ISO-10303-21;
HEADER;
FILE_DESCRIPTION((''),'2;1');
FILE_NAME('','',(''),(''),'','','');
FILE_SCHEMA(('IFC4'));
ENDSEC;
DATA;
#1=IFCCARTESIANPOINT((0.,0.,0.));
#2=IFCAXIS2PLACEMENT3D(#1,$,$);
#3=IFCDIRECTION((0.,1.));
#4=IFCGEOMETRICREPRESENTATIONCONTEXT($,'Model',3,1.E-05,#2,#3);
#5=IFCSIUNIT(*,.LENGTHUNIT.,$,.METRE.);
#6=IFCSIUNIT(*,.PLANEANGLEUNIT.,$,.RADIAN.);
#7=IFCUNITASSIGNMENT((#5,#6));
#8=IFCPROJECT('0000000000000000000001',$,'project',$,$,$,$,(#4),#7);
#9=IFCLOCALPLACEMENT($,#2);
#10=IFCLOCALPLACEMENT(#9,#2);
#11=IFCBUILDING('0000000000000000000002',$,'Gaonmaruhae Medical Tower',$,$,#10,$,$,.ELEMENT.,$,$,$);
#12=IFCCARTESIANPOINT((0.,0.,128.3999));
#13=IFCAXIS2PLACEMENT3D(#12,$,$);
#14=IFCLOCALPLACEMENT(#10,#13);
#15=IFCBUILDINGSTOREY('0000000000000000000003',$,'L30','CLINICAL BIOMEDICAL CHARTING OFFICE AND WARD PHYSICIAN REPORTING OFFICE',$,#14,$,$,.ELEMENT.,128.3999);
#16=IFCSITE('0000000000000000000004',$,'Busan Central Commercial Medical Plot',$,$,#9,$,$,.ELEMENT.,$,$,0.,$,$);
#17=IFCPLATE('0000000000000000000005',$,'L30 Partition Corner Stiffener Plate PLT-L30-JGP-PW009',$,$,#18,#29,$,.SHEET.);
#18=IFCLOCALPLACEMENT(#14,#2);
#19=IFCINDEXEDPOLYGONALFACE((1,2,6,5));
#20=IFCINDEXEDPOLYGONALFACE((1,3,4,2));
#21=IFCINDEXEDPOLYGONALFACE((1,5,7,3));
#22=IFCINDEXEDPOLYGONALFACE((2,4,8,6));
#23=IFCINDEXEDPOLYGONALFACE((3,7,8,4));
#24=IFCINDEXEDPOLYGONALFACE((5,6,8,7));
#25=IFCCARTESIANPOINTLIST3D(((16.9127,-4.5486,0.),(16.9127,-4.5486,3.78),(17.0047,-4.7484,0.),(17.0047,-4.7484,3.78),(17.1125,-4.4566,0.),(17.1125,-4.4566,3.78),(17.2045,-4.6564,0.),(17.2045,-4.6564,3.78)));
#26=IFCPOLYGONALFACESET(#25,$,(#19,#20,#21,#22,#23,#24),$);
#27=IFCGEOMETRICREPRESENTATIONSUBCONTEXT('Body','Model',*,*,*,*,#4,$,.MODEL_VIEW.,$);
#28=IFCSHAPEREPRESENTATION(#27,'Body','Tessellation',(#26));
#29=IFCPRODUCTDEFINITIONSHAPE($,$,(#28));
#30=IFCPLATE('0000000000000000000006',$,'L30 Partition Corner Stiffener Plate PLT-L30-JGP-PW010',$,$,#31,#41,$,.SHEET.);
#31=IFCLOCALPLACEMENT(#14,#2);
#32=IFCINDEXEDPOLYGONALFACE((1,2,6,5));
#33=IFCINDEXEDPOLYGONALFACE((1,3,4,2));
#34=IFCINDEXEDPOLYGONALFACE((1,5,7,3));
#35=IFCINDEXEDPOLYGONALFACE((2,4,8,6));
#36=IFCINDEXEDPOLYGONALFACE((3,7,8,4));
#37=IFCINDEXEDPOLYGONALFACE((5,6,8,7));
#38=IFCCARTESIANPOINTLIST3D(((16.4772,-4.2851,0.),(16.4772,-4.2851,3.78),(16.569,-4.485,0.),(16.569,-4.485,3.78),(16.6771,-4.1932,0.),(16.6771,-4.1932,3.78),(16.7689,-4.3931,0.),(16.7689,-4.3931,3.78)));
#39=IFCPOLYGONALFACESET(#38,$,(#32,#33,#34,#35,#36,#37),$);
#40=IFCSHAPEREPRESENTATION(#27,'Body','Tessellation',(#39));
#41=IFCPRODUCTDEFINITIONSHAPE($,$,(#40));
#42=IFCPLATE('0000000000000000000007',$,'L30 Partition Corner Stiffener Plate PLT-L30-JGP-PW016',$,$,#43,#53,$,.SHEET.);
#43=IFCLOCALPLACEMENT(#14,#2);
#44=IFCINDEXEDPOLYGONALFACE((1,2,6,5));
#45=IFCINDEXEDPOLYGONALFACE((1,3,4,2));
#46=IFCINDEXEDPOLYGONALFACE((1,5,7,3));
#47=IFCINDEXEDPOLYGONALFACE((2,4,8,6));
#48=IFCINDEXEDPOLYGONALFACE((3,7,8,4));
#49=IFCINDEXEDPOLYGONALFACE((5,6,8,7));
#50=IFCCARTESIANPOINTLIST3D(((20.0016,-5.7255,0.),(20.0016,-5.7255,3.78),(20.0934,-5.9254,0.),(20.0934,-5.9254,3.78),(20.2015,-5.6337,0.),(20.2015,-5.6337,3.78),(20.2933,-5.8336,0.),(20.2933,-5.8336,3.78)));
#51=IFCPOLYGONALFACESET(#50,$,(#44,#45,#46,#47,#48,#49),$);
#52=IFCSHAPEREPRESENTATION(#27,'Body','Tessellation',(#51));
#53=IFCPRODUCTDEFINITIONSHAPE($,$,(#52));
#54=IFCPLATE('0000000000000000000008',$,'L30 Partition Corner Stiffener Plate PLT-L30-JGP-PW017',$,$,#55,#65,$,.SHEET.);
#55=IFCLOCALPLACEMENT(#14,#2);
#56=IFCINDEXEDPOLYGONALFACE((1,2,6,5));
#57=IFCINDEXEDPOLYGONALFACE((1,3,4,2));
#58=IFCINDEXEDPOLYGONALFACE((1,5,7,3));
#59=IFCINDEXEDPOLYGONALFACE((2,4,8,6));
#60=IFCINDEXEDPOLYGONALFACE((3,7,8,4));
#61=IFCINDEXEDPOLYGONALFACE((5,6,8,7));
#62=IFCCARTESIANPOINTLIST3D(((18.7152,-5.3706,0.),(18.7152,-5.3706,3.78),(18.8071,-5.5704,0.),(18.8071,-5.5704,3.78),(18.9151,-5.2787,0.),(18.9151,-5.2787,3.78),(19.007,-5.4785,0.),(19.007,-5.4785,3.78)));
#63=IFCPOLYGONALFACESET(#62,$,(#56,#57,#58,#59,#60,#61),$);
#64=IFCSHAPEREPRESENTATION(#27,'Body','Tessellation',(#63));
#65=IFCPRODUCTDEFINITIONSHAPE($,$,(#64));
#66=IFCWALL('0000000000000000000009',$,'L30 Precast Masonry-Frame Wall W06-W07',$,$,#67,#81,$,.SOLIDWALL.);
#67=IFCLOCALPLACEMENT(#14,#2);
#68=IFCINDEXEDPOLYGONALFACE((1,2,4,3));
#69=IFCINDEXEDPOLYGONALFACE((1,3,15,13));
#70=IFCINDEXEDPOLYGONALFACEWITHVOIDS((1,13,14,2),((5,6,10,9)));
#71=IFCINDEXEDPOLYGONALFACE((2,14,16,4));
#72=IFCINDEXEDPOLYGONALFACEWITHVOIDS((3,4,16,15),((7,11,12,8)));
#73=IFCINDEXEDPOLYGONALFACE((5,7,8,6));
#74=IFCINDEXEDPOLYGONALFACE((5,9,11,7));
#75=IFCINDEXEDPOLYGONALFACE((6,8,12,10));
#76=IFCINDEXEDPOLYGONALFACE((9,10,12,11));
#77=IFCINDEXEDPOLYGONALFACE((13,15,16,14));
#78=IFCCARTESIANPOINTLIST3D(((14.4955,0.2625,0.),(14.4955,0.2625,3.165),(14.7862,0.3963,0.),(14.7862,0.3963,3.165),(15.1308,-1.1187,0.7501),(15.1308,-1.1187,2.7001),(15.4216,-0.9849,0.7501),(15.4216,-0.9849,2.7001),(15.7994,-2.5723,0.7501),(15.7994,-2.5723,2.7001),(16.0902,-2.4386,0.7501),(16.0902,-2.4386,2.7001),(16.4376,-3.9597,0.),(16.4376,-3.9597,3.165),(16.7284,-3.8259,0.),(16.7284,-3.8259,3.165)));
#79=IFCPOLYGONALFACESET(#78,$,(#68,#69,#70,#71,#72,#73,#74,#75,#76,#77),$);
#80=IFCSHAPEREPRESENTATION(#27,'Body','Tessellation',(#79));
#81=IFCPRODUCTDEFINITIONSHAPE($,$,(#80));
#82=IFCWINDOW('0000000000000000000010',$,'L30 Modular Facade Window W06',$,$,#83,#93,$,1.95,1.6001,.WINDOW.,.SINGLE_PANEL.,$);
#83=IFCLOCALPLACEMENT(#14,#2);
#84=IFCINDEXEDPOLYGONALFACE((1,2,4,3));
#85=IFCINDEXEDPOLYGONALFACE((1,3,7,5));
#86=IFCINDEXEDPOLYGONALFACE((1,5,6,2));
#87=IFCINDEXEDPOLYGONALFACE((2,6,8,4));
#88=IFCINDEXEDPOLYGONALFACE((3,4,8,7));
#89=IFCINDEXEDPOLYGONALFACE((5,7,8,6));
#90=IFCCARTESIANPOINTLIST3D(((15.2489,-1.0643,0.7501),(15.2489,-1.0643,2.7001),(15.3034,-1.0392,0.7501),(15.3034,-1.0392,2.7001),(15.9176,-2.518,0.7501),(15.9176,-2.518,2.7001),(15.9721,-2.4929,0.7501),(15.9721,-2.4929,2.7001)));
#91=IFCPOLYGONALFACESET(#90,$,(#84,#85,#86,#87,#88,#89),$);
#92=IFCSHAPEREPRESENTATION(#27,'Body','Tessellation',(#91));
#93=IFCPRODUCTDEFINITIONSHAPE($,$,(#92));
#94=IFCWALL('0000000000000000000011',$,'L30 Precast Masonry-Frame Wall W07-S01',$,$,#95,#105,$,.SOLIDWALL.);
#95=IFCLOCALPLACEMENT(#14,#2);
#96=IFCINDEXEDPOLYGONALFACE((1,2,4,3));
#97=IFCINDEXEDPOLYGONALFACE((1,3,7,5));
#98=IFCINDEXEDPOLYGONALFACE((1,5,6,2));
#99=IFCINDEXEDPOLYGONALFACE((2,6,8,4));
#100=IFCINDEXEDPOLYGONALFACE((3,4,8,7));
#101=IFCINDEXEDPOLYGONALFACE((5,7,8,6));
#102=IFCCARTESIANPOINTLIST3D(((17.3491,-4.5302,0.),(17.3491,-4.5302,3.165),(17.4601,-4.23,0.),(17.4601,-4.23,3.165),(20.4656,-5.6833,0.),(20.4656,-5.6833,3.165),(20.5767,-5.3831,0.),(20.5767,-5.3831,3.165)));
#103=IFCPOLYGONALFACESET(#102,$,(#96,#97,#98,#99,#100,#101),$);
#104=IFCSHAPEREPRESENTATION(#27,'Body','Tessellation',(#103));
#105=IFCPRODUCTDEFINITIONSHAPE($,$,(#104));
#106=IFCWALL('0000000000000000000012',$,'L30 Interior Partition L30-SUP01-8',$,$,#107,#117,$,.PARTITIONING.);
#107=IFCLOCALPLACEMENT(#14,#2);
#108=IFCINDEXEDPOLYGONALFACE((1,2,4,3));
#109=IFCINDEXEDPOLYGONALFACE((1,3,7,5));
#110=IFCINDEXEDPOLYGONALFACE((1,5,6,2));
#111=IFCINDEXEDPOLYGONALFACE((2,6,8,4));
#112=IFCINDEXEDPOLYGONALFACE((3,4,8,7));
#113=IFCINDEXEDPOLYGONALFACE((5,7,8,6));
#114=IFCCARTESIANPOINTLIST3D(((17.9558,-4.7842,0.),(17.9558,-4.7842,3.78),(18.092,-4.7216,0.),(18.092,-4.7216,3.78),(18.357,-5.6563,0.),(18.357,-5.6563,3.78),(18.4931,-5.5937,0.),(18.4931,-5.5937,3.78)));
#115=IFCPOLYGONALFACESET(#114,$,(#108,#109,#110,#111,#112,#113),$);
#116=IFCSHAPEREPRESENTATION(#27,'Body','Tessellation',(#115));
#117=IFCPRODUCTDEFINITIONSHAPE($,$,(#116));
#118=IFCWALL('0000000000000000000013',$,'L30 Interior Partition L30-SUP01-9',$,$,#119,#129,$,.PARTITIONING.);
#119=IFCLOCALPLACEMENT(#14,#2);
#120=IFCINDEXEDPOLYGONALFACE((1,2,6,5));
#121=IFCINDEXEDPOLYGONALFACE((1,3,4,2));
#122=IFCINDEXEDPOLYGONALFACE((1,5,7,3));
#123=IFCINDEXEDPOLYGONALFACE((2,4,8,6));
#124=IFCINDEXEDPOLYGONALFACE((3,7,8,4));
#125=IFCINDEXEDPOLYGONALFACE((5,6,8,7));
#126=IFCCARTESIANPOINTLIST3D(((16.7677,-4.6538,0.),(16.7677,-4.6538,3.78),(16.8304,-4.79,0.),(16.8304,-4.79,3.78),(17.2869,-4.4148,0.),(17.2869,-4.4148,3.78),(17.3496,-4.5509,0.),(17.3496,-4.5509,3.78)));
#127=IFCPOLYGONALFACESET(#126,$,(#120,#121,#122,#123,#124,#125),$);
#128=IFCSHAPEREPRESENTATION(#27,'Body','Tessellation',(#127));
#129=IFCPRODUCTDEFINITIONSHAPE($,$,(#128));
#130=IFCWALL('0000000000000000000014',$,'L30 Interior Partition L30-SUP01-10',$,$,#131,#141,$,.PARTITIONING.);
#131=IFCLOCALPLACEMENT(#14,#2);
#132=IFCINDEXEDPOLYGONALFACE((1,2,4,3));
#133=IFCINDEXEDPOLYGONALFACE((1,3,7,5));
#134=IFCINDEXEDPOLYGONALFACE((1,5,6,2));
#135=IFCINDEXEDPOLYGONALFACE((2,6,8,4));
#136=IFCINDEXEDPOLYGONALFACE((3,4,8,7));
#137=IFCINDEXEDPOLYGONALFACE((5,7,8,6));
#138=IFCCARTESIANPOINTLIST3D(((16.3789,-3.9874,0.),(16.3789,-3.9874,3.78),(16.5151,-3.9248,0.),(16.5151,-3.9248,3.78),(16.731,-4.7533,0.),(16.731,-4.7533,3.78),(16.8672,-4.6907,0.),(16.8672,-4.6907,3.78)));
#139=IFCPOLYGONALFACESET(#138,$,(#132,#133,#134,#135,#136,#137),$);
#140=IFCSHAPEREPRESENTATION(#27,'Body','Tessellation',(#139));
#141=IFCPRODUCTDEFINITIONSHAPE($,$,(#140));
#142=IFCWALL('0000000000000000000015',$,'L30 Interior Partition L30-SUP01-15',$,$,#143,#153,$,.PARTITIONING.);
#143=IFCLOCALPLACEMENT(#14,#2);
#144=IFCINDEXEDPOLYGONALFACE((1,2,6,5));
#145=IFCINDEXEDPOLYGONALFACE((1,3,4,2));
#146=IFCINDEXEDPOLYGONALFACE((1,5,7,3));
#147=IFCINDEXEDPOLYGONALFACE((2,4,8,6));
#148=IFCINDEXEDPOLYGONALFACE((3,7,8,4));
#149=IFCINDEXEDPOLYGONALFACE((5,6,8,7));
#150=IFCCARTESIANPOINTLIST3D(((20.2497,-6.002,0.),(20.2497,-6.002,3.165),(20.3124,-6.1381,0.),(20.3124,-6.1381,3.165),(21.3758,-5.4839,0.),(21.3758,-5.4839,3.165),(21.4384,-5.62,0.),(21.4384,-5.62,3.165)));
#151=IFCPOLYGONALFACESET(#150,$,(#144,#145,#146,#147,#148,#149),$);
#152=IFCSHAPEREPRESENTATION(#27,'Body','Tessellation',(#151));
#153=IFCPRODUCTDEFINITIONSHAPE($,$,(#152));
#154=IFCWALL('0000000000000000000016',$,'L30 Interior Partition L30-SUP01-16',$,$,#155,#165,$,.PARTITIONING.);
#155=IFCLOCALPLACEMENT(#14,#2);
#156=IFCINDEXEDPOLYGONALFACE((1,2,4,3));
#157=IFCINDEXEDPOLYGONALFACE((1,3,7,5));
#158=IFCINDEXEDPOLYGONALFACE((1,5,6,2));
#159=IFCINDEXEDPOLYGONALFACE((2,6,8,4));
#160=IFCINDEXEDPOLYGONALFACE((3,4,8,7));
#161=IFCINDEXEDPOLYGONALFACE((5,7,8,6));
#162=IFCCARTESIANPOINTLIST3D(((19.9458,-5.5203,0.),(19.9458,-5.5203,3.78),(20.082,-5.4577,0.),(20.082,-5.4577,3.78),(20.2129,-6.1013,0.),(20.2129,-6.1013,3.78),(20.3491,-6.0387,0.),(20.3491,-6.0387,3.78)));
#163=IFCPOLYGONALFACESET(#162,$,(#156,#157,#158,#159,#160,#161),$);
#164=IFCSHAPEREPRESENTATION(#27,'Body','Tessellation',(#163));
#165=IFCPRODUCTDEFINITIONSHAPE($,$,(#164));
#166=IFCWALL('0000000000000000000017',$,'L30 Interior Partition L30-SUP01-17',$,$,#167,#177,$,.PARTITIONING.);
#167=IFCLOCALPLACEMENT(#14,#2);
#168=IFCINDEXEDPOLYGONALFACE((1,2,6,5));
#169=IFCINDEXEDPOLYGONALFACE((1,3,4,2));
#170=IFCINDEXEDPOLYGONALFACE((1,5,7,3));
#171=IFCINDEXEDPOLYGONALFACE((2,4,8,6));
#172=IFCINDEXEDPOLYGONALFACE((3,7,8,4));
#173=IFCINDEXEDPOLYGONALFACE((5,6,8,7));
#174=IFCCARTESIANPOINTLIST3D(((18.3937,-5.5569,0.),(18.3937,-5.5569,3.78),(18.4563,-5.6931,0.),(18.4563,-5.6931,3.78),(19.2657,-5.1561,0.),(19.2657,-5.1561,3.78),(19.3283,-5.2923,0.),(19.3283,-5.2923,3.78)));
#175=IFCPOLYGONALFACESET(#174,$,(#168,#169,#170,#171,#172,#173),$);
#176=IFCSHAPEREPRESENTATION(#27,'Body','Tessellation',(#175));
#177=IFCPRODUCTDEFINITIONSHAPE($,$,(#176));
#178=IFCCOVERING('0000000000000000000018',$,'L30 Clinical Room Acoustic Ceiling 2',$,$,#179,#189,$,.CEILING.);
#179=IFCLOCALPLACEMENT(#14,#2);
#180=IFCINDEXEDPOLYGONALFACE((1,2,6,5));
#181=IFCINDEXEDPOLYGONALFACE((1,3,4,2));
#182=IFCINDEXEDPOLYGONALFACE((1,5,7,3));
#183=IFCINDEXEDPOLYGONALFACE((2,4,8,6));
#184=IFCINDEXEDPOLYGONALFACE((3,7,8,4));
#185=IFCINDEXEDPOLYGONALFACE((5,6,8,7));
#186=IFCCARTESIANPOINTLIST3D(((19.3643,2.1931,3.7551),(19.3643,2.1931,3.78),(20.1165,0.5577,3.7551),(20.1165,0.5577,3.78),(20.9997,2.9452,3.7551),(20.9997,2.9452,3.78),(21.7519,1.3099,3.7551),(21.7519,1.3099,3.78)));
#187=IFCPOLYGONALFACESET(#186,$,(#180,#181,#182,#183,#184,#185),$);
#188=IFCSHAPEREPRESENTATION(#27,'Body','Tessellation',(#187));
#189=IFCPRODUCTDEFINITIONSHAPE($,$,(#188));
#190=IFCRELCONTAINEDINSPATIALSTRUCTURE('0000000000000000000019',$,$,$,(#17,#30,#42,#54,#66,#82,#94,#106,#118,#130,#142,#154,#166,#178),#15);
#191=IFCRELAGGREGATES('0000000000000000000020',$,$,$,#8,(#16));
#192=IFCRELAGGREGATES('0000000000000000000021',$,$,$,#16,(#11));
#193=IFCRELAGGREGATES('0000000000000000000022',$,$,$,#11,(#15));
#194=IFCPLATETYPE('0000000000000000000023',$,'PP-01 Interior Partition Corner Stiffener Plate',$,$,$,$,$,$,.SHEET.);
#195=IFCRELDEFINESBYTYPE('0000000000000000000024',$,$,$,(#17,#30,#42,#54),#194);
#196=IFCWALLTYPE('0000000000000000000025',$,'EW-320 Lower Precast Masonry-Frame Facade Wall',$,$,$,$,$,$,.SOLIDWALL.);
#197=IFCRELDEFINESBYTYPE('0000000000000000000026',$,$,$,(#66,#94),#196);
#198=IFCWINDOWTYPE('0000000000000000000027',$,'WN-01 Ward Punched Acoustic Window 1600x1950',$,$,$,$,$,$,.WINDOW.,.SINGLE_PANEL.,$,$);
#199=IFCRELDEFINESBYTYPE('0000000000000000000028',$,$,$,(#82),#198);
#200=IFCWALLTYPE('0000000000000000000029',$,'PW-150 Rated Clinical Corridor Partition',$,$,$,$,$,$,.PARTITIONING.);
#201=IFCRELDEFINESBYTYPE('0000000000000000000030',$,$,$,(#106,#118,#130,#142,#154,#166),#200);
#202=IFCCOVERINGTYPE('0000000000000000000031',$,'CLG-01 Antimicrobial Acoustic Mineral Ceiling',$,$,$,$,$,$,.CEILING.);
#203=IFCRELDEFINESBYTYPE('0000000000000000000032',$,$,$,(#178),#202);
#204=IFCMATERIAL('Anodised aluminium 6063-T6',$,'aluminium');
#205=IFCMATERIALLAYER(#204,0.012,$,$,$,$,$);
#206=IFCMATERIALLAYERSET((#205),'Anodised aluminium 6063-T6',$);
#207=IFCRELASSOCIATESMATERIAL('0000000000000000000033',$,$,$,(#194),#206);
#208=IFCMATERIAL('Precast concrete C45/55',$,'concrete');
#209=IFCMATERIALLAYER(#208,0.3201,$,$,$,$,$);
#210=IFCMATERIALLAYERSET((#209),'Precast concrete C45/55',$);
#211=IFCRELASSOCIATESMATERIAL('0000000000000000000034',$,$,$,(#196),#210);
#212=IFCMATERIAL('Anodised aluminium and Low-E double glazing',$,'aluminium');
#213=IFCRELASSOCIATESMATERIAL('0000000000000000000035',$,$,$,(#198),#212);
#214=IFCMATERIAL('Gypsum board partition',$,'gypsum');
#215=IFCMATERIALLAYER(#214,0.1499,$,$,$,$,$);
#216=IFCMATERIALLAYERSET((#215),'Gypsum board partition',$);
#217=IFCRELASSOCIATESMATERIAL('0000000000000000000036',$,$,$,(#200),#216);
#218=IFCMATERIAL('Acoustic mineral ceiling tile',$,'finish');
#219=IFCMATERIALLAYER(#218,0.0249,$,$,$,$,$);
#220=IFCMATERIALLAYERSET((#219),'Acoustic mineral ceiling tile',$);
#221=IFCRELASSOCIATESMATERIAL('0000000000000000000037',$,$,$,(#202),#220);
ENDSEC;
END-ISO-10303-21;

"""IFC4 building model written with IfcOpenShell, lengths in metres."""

from ifc_helpers import new_model, si_unit, direction, frame, frame_2d, origin, origin_2d, place, context, subcontext, project, spatial, rectangle, extrude, material, layer, layer_set, type_object, element, fill, save


model = new_model("IFC4")

# Units and contexts
model_context = context("Model", 3, precision=1e-05, world=origin(), true_north=direction((0.0, 1.0)))
body_context = subcontext(model_context, "Body", "Model", "MODEL_VIEW")
ifc_project = project(units=[si_unit("LENGTHUNIT", "METRE"), si_unit("PLANEANGLEUNIT", "RADIAN")], contexts=[model_context])

# Site, building, storey
site_placement = place(None, origin())
site = spatial("IfcSite", under=ifc_project, at=site_placement, Name="Busan Central Commercial Medical Plot", CompositionType="ELEMENT", RefElevation=0.0)
building_placement = place(site_placement, origin())
building = spatial("IfcBuilding", under=site, at=building_placement, Name="Gaonmaruhae Medical Tower", CompositionType="ELEMENT")
storey_placement = place(building_placement, frame((0.0, 0.0, 128.3999)))
storey = spatial("IfcBuildingStorey", under=building, at=storey_placement, Name="L30", Description="CLINICAL BIOMEDICAL CHARTING OFFICE AND WARD PHYSICIAN REPORTING OFFICE", CompositionType="ELEMENT", Elevation=128.3999)

# Plates
ifc_material_1 = material(Name="Anodised aluminium 6063-T6", Category="aluminium")
ifc_layer_1 = layer(ifc_material_1, 0.012)
ifc_layer_set_1 = layer_set([ifc_layer_1], Name="Anodised aluminium 6063-T6")
plate_type = type_object("IfcPlateType", Name="PP-01 Interior Partition Corner Stiffener Plate", PredefinedType="SHEET", material=ifc_layer_set_1)
for number, where, z_axis, x_axis, name in (
    (1, (17.0586, -4.6025, 0.0), (0.0, 0.0, 1.0), (-0.908318, -0.418279, 0.0), "L30 Partition Corner Stiffener Plate PLT-L30-JGP-PW009"),
    (2, (16.623, -4.3391, 0.0), (0.0, 0.0, 1.0), (-0.41755, 0.908654, 0.0), "L30 Partition Corner Stiffener Plate PLT-L30-JGP-PW010"),
    (3, (20.1475, -5.7795, 0.0), (0.0, 0.0, 1.0), (-0.417566, 0.908647, 0.0), "L30 Partition Corner Stiffener Plate PLT-L30-JGP-PW016"),
    (4, (18.8611, -5.4246, 0.0), (0.0, 0.0, 1.0), (-0.908537, -0.417804, 0.0), "L30 Partition Corner Stiffener Plate PLT-L30-JGP-PW017"),
):
    element("IfcPlate", number, at=place(storey_placement, frame(where, z_axis=z_axis, x_axis=x_axis)), inside=storey, type_object=plate_type, Name=name, PredefinedType="SHEET", context=body_context, shape_type="SweptSolid", body=[
        extrude(rectangle(XDim=0.22, YDim=0.22, at=origin_2d()), origin(), (0.0, 0.0, 1.0), 3.78),
    ])

# Wall, opening, window
ifc_material_2 = material(Name="Precast concrete C45/55", Category="concrete")
ifc_layer_2 = layer(ifc_material_2, 0.3201)
ifc_layer_set_2 = layer_set([ifc_layer_2], Name="Precast concrete C45/55")
wall_type_1 = type_object("IfcWallType", Name="EW-320 Lower Precast Masonry-Frame Facade Wall", PredefinedType="SOLIDWALL", material=ifc_layer_set_2)
wall_1_placement = place(storey_placement, frame((16.583, -3.8928, 0.0), z_axis=(0.0, 0.0, 1.0), x_axis=(-0.417895, 0.908495, 0.0)))
wall_1 = element("IfcWall", 5, at=wall_1_placement, inside=storey, type_object=wall_type_1, Name="L30 Precast Masonry-Frame Wall W06-W07", PredefinedType="SOLIDWALL", context=body_context, shape_type="SweptSolid", body=[
    extrude(rectangle(XDim=4.6475, YDim=0.3201, at=frame_2d((2.3237, 0.0))), origin(), (0.0, 0.0, 1.0), 3.165),
])
opening_placement = place(wall_1_placement, frame((1.5271, 0.0, 0.75)))
opening = element("IfcOpeningElement", 6, at=opening_placement, cuts=wall_1, PredefinedType="OPENING", context=body_context, shape_type="SweptSolid", body=[
    extrude(rectangle(XDim=1.6001, YDim=1.95, at=frame_2d((0.8, 0.9751))), frame((0.0, 0.1699, 0.0), z_axis=(0.0, -1.0, 0.0), x_axis=(1.0, 0.0, 0.0)), (0.0, 0.0, 1.0), 0.3401),
])
ifc_material_3 = material(Name="Anodised aluminium and Low-E double glazing", Category="aluminium")
window_type = type_object("IfcWindowType", Name="WN-01 Ward Punched Acoustic Window 1600x1950", PartitioningType="SINGLE_PANEL", PredefinedType="WINDOW", material=ifc_material_3)
window_placement = place(opening_placement, origin())
window = element("IfcWindow", 7, at=window_placement, inside=storey, type_object=window_type, Name="L30 Modular Facade Window W06", OverallHeight=1.95, OverallWidth=1.6001, PartitioningType="SINGLE_PANEL", PredefinedType="WINDOW", context=body_context, shape_type="SweptSolid", body=[
    extrude(rectangle(XDim=1.6001, YDim=1.95, at=frame_2d((0.8, 0.9751))), frame((0.0, 0.03, 0.0), z_axis=(0.0, -1.0, 0.0), x_axis=(1.0, 0.0, 0.0)), (0.0, 0.0, 1.0), 0.0601),
])
fill(opening, window)

# Walls
wall_2_placement = place(storey_placement, frame((20.5212, -5.5332, 0.0), z_axis=(0.0, 0.0, 1.0), x_axis=(-0.937863, 0.347006, 0.0)))
element("IfcWall", 8, at=wall_2_placement, inside=storey, type_object=wall_type_1, Name="L30 Precast Masonry-Frame Wall W07-S01", PredefinedType="SOLIDWALL", context=body_context, shape_type="SweptSolid", body=[
    extrude(rectangle(XDim=3.323, YDim=0.3201, at=frame_2d((1.6616, 0.0))), origin(), (0.0, 0.0, 1.0), 3.165),
])
ifc_material_4 = material(Name="Gypsum board partition", Category="gypsum")
ifc_layer_3 = layer(ifc_material_4, 0.1499)
ifc_layer_set_3 = layer_set([ifc_layer_3], Name="Gypsum board partition")
wall_type_2 = type_object("IfcWallType", Name="PW-150 Rated Clinical Corridor Partition", PredefinedType="PARTITIONING", material=ifc_layer_set_3)
wall_3_placement = place(storey_placement, frame((18.425, -5.625, 0.0), z_axis=(0.0, 0.0, 1.0), x_axis=(-0.41788, 0.908502, 0.0)))
element("IfcWall", 9, at=wall_3_placement, inside=storey, type_object=wall_type_2, Name="L30 Interior Partition L30-SUP01-8", PredefinedType="PARTITIONING", context=body_context, shape_type="SweptSolid", body=[
    extrude(rectangle(XDim=0.96, YDim=0.1499, at=frame_2d((0.48, 0.0))), origin(), (0.0, 0.0, 1.0), 3.78),
])
wall_4_placement = place(storey_placement, frame((17.3181, -4.4829, 0.0), z_axis=(0.0, 0.0, 1.0), x_axis=(-0.908322, -0.418272, 0.0)))
element("IfcWall", 10, at=wall_4_placement, inside=storey, type_object=wall_type_2, Name="L30 Interior Partition L30-SUP01-9", PredefinedType="PARTITIONING", context=body_context, shape_type="SweptSolid", body=[
    extrude(rectangle(XDim=0.5715, YDim=0.1499, at=frame_2d((0.2856, 0.0))), origin(), (0.0, 0.0, 1.0), 3.78),
])
wall_5_placement = place(storey_placement, frame((16.7991, -4.7219, 0.0), z_axis=(0.0, 0.0, 1.0), x_axis=(-0.417662, 0.908603, 0.0)))
element("IfcWall", 11, at=wall_5_placement, inside=storey, type_object=wall_type_2, Name="L30 Interior Partition L30-SUP01-10", PredefinedType="PARTITIONING", context=body_context, shape_type="SweptSolid", body=[
    extrude(rectangle(XDim=0.843, YDim=0.1499, at=frame_2d((0.4214, 0.0))), origin(), (0.0, 0.0, 1.0), 3.78),
])
wall_6_placement = place(storey_placement, frame((21.407, -5.552, 0.0), z_axis=(0.0, 0.0, 1.0), x_axis=(-0.908455, -0.417984, 0.0)))
element("IfcWall", 12, at=wall_6_placement, inside=storey, type_object=wall_type_2, Name="L30 Interior Partition L30-SUP01-15", PredefinedType="PARTITIONING", context=body_context, shape_type="SweptSolid", body=[
    extrude(rectangle(XDim=1.2395, YDim=0.1499, at=frame_2d((0.6196, 0.0))), origin(), (0.0, 0.0, 1.0), 3.165),
])
wall_7_placement = place(storey_placement, frame((20.281, -6.0701, 0.0), z_axis=(0.0, 0.0, 1.0), x_axis=(-0.417654, 0.908606, 0.0)))
element("IfcWall", 13, at=wall_7_placement, inside=storey, type_object=wall_type_2, Name="L30 Interior Partition L30-SUP01-16", PredefinedType="PARTITIONING", context=body_context, shape_type="SweptSolid", body=[
    extrude(rectangle(XDim=0.6394, YDim=0.1499, at=frame_2d((0.3198, 0.0))), origin(), (0.0, 0.0, 1.0), 3.78),
])
wall_8_placement = place(storey_placement, frame((19.2971, -5.2241, 0.0), z_axis=(0.0, 0.0, 1.0), x_axis=(-0.908599, -0.41767, 0.0)))
element("IfcWall", 14, at=wall_8_placement, inside=storey, type_object=wall_type_2, Name="L30 Interior Partition L30-SUP01-17", PredefinedType="PARTITIONING", context=body_context, shape_type="SweptSolid", body=[
    extrude(rectangle(XDim=0.9597, YDim=0.1499, at=frame_2d((0.48, 0.0))), origin(), (0.0, 0.0, 1.0), 3.78),
])

# Covering
ifc_material_5 = material(Name="Acoustic mineral ceiling tile", Category="finish")
ifc_layer_4 = layer(ifc_material_5, 0.0249)
ifc_layer_set_4 = layer_set([ifc_layer_4], Name="Acoustic mineral ceiling tile")
covering_type = type_object("IfcCoveringType", Name="CLG-01 Antimicrobial Acoustic Mineral Ceiling", PredefinedType="CEILING", material=ifc_layer_set_4)
covering_placement = place(storey_placement, frame((20.5581, 1.7515, 3.7551), z_axis=(0.0, 0.0, 1.0), x_axis=(0.908508, 0.417867, 0.0)))
element("IfcCovering", 15, at=covering_placement, inside=storey, type_object=covering_type, Name="L30 Clinical Room Acoustic Ceiling 2", PredefinedType="CEILING", context=body_context, shape_type="SweptSolid", body=[
    extrude(rectangle(XDim=1.8, YDim=1.8, at=origin_2d()), origin(), (0.0, 0.0, 1.0), 0.0249),
])

save(model, "model.ifc")
